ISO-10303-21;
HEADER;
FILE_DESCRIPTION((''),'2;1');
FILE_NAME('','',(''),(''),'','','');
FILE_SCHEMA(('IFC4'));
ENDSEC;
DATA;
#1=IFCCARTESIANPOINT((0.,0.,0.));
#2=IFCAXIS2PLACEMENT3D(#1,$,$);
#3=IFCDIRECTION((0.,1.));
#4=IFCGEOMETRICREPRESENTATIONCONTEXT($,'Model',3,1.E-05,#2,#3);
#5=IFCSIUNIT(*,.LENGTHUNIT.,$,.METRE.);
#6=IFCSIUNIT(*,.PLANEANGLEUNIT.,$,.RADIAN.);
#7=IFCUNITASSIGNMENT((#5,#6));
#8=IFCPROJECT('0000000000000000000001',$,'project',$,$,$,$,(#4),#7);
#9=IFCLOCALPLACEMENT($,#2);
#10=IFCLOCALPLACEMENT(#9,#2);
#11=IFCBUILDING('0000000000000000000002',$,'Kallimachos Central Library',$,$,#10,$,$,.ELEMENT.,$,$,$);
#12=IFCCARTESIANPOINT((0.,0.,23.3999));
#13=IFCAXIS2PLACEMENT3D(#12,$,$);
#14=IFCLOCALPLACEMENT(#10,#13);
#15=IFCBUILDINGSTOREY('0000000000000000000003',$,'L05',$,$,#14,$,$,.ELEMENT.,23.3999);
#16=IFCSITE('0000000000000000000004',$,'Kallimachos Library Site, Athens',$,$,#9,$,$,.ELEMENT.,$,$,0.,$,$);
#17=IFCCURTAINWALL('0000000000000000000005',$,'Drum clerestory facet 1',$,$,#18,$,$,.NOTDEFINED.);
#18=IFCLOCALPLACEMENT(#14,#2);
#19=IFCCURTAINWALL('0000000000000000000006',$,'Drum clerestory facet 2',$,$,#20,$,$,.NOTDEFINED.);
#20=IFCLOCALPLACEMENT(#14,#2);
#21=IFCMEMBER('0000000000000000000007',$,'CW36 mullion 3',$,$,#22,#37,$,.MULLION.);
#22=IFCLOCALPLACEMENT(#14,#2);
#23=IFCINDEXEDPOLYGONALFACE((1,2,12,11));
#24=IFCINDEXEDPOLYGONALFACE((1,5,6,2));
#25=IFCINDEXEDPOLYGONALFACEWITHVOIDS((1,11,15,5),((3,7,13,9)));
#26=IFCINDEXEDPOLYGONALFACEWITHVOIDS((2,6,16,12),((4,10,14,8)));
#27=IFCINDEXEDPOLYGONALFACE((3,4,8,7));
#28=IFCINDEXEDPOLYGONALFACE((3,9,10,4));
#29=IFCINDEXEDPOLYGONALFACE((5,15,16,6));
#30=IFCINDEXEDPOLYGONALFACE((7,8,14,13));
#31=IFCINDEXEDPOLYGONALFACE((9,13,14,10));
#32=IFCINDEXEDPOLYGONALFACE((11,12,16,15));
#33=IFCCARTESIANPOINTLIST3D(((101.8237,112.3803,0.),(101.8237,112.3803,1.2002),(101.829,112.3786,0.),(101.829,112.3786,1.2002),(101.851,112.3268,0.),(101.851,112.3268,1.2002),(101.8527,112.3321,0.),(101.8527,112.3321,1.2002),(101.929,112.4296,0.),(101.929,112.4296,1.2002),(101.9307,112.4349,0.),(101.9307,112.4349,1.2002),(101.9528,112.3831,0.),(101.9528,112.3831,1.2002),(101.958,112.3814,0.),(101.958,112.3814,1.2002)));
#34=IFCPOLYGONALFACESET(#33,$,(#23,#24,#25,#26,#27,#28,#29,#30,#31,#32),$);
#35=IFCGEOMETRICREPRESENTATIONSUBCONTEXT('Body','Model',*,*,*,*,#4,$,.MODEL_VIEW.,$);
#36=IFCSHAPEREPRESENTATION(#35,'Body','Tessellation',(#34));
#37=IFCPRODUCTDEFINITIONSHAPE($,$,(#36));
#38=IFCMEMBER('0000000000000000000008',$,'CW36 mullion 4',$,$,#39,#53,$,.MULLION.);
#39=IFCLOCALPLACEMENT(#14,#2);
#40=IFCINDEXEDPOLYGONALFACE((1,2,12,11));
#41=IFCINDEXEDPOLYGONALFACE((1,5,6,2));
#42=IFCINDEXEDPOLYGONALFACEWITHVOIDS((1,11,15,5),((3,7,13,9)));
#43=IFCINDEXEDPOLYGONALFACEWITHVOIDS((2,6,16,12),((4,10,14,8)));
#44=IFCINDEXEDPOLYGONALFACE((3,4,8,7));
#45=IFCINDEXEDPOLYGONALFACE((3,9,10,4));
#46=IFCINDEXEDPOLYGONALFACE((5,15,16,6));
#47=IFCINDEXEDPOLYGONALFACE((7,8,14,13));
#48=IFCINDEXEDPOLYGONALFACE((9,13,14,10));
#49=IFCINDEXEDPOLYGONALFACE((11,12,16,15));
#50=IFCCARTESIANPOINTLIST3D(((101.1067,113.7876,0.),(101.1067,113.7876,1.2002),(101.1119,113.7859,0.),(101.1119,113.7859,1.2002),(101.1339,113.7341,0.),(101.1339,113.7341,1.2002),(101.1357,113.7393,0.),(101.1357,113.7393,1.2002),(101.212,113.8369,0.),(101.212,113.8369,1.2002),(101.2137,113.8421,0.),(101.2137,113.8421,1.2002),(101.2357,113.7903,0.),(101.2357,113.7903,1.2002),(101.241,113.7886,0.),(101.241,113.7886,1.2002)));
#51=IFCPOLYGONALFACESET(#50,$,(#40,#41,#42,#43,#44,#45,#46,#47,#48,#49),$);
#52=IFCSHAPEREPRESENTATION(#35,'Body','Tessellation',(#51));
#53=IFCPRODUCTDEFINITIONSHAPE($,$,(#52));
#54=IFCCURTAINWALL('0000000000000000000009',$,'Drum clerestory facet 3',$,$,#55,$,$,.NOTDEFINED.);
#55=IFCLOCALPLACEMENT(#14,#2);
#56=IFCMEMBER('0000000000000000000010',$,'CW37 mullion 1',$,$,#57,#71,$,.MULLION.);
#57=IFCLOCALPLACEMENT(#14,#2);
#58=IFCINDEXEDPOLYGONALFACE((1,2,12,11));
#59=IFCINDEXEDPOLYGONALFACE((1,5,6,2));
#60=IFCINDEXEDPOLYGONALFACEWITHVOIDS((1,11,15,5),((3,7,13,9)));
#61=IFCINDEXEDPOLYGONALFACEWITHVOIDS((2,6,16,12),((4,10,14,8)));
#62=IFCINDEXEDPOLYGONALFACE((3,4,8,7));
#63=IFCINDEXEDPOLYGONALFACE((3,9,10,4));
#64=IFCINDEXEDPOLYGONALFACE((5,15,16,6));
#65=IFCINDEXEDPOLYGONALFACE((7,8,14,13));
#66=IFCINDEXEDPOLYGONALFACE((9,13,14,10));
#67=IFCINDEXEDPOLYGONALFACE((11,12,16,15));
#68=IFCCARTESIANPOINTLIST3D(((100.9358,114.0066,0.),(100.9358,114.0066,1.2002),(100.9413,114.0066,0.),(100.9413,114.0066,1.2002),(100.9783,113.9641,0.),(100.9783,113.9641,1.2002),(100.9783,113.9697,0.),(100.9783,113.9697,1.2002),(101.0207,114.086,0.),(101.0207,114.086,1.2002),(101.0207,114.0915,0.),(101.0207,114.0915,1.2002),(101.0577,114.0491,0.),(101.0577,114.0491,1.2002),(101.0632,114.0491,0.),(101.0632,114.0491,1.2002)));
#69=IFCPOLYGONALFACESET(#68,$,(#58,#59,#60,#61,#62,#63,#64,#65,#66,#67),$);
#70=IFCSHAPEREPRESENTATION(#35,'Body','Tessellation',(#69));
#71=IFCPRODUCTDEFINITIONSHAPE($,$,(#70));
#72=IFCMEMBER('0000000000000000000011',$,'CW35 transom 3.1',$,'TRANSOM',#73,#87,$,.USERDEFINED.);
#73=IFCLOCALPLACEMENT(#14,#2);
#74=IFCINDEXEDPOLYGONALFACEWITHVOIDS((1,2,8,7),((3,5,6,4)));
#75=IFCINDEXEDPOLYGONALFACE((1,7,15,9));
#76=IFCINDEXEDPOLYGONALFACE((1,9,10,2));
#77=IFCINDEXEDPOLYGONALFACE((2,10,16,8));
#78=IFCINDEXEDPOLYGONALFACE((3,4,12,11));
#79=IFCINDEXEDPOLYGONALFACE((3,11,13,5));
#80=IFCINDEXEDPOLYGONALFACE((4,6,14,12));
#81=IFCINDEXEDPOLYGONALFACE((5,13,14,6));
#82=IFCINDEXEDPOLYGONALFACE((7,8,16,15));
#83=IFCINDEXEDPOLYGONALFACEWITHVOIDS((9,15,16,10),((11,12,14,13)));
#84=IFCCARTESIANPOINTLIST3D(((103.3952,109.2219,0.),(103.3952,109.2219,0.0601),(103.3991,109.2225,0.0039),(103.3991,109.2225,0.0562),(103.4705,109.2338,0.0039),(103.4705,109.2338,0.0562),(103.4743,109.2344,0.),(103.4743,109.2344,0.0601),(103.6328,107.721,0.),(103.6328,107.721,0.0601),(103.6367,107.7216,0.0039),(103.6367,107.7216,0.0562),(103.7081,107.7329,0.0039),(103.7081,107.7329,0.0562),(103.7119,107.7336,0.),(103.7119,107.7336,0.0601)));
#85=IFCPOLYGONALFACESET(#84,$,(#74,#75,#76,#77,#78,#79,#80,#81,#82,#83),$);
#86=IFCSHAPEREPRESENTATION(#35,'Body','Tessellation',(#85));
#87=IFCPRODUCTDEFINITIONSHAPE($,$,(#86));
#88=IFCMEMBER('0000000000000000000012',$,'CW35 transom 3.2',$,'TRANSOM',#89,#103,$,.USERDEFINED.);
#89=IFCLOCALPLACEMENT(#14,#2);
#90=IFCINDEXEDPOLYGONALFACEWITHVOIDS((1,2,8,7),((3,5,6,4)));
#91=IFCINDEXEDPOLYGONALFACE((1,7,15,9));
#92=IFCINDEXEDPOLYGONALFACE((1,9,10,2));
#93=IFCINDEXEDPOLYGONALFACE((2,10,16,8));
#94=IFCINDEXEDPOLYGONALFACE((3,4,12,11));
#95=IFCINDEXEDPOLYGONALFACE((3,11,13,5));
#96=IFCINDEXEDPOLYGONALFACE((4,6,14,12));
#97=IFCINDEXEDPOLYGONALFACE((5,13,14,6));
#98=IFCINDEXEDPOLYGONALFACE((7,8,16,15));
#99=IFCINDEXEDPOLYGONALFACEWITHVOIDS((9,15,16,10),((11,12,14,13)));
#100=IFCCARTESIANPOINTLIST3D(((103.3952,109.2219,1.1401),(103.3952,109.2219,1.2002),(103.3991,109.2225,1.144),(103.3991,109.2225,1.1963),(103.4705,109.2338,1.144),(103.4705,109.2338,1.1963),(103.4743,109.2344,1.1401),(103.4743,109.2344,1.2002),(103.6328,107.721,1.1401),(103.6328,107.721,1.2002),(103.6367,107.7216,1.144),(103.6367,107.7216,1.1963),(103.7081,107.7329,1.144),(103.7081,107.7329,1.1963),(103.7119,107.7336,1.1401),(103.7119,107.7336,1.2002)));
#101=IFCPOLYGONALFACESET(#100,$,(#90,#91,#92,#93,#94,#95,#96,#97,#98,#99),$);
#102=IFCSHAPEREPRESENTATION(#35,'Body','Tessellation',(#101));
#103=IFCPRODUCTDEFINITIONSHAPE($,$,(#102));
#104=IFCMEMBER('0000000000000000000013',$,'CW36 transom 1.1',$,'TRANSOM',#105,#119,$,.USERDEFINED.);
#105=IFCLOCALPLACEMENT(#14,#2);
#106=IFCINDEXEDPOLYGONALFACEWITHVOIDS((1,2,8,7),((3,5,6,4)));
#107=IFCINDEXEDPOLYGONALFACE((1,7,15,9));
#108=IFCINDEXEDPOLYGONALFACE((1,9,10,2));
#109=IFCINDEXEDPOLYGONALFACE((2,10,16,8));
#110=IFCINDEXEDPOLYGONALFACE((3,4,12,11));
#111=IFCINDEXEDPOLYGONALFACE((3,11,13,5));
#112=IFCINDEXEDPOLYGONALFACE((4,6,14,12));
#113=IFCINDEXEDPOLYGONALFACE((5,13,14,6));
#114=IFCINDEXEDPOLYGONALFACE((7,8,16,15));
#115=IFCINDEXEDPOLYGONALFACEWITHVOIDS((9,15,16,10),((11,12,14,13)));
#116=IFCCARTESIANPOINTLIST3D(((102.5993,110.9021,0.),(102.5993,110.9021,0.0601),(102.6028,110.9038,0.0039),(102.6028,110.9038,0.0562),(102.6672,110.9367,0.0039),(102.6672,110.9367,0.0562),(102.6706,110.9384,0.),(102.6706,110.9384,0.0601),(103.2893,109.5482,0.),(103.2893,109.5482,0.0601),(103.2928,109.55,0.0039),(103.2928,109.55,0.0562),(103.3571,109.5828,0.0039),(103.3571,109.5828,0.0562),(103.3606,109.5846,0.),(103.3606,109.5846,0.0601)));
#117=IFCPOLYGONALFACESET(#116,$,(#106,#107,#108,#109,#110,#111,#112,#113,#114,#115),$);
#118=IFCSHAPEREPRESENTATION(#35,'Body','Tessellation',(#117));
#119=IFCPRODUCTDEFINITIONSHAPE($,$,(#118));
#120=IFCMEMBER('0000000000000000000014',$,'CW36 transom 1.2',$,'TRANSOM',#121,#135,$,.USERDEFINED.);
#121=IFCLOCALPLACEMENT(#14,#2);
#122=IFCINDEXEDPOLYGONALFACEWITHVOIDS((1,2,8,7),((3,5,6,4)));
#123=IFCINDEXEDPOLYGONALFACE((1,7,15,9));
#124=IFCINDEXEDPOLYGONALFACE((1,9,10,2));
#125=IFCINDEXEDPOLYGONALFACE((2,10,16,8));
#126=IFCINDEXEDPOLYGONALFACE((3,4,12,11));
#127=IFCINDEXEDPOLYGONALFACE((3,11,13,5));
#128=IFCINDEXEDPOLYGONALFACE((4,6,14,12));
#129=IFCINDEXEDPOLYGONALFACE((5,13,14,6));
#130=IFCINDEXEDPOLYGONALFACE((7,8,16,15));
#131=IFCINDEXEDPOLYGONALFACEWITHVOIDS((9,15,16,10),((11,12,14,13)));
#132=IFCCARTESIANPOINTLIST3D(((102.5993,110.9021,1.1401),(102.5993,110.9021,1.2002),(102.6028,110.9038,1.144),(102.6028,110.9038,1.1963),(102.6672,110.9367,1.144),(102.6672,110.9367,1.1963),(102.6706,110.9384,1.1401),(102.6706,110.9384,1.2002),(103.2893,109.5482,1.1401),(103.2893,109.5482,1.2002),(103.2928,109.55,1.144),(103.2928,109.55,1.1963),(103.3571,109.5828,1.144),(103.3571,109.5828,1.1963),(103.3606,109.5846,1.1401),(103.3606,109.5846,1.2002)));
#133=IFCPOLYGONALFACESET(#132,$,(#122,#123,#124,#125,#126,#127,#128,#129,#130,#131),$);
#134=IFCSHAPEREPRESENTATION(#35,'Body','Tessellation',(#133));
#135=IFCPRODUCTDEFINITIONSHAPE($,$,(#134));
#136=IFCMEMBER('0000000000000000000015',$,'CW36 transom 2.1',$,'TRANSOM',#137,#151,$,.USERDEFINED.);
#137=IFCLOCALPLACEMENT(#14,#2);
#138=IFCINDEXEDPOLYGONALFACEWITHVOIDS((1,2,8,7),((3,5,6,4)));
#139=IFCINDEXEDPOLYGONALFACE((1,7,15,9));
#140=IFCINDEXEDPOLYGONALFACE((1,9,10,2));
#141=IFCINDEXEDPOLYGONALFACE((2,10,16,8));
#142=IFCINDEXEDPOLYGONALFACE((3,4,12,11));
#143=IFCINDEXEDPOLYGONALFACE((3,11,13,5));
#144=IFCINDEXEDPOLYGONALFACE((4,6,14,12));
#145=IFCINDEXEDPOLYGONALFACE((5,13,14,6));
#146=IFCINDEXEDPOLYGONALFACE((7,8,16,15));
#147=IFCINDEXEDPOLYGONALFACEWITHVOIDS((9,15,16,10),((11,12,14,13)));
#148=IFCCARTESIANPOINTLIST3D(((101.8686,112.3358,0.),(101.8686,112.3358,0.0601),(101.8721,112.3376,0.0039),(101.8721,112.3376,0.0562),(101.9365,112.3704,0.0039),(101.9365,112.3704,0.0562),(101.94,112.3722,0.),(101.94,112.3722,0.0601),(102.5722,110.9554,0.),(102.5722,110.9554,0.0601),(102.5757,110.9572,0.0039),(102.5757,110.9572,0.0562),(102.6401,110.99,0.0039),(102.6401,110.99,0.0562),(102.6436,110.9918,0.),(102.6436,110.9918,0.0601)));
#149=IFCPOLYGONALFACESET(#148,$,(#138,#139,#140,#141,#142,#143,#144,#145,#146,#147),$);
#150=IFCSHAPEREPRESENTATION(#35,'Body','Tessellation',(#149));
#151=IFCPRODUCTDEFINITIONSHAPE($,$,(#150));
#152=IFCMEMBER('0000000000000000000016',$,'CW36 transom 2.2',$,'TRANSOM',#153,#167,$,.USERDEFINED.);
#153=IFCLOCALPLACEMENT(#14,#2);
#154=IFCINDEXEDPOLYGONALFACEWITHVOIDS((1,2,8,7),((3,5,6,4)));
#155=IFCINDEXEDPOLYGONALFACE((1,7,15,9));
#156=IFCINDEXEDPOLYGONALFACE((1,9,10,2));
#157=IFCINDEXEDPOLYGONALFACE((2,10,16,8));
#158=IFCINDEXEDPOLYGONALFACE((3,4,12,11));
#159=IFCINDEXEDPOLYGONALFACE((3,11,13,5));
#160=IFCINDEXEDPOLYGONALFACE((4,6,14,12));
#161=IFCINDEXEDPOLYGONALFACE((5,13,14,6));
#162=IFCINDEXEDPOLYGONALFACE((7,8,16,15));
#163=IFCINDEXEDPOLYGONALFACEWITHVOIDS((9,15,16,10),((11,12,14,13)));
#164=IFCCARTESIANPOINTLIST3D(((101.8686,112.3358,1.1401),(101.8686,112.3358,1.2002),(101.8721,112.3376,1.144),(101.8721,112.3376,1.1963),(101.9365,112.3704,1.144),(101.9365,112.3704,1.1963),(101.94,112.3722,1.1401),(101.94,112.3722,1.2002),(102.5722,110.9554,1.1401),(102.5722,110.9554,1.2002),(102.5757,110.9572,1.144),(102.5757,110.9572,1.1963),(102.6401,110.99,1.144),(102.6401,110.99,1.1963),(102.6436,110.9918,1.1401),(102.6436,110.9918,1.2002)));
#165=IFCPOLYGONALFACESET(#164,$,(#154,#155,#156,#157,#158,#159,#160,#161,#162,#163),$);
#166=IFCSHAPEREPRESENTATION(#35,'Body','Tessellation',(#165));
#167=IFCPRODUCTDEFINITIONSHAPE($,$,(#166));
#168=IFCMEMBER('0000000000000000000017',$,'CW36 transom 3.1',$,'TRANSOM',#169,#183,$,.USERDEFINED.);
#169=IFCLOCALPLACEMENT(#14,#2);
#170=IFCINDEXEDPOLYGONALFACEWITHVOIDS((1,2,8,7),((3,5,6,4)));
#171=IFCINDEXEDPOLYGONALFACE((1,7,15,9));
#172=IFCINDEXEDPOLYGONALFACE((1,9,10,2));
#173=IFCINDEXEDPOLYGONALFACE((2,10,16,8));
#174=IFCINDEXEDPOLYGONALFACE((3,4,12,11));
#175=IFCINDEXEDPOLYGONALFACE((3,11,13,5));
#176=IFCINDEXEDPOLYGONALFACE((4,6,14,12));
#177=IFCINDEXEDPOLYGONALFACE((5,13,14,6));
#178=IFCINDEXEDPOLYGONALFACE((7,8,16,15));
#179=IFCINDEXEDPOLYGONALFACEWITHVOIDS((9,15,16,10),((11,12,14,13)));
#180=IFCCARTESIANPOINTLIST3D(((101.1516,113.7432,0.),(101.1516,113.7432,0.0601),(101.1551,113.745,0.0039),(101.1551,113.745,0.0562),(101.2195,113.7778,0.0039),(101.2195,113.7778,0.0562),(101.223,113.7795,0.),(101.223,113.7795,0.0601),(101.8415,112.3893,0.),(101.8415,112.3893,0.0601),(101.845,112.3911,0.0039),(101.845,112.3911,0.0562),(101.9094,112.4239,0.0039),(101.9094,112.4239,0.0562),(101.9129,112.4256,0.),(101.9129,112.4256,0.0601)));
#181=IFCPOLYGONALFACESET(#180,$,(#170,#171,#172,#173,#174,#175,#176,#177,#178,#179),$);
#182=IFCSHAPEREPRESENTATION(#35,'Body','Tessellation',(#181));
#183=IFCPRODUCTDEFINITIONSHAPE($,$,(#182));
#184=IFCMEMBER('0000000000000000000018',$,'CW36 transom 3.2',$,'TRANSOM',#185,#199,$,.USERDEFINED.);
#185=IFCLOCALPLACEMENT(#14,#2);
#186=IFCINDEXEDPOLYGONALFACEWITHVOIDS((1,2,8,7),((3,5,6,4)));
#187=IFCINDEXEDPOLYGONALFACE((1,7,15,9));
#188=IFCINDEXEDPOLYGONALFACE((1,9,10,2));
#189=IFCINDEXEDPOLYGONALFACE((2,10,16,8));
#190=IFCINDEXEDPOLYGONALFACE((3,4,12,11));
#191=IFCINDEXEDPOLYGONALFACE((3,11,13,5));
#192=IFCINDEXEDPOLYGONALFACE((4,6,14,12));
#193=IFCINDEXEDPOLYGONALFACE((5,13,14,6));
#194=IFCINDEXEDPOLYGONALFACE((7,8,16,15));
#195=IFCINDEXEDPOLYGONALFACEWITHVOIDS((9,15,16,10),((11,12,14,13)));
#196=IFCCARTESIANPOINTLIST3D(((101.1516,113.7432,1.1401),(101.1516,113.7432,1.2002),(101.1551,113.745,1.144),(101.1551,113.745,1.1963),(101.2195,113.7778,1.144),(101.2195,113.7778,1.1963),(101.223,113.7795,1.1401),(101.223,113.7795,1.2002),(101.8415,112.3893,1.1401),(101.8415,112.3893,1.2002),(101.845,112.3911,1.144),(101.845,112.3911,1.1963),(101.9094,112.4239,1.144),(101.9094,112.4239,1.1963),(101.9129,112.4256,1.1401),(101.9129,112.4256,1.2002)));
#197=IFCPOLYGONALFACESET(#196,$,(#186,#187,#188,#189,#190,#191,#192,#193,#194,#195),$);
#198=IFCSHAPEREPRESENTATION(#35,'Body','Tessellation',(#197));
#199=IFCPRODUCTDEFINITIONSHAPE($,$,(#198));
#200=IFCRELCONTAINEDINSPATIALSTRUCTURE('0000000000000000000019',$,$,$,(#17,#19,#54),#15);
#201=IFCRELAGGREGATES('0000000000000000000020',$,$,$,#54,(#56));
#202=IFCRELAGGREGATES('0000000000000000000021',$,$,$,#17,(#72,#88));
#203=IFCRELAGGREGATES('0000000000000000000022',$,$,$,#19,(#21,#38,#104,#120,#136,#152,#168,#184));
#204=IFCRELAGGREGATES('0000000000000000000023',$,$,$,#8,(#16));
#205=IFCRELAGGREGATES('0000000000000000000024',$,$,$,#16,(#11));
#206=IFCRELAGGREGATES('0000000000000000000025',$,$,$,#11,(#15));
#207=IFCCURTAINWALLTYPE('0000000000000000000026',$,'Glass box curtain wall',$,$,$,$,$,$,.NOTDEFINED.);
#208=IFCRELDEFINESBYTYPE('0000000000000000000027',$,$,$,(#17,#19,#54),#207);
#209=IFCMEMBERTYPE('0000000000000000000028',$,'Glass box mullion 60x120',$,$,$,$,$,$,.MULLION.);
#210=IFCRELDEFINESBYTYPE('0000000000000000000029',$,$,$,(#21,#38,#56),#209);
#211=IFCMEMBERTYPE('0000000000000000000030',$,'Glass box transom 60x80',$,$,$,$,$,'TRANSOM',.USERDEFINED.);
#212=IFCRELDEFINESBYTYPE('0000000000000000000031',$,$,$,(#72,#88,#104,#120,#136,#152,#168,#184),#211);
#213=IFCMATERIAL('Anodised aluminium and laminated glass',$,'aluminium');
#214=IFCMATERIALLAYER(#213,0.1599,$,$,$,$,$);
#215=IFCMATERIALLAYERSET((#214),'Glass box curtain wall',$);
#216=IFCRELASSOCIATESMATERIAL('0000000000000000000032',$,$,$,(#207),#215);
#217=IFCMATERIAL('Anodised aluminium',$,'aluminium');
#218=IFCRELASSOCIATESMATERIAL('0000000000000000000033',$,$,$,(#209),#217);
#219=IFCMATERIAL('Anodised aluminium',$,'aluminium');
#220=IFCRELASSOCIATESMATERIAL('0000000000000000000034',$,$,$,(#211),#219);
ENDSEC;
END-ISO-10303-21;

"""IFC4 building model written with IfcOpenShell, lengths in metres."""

from ifc_helpers import new_model, si_unit, direction, frame, origin, origin_2d, place, context, subcontext, project, spatial, hollow_rectangle, extrude, material, layer, layer_set, material_profile, profile_set, type_object, element, aggregate, save


model = new_model("IFC4")

# Units and contexts
model_context = context("Model", 3, precision=1e-05, world=origin(), true_north=direction((0.0, 1.0)))
body_context = subcontext(model_context, "Body", "Model", "MODEL_VIEW")
ifc_project = project(units=[si_unit("LENGTHUNIT", "METRE"), si_unit("PLANEANGLEUNIT", "RADIAN")], contexts=[model_context])

# Site, building, storey
site_placement = place(None, origin())
site = spatial("IfcSite", under=ifc_project, at=site_placement, Name="Kallimachos Library Site, Athens", CompositionType="ELEMENT", RefElevation=0.0)
building_placement = place(site_placement, origin())
building = spatial("IfcBuilding", under=site, at=building_placement, Name="Kallimachos Central Library", CompositionType="ELEMENT")
storey_placement = place(building_placement, frame((0.0, 0.0, 23.3999)))
storey = spatial("IfcBuildingStorey", under=building, at=storey_placement, Name="L05", CompositionType="ELEMENT", Elevation=23.3999)

# Curtain walls, members
ifc_material_1 = material(Name="Anodised aluminium and laminated glass", Category="aluminium")
ifc_layer_1 = layer(ifc_material_1, 0.1599)
ifc_layer_set_1 = layer_set([ifc_layer_1], Name="Glass box curtain wall")
curtain_wall_type = type_object("IfcCurtainWallType", Name="Glass box curtain wall", PredefinedType="NOTDEFINED", material=ifc_layer_set_1)
curtain_wall_1_placement = place(storey_placement, origin())
curtain_wall_1 = element("IfcCurtainWall", 1, at=curtain_wall_1_placement, inside=storey, type_object=curtain_wall_type, Name="Drum clerestory facet 1", PredefinedType="NOTDEFINED")
ifc_material_2 = material(Name="Anodised aluminium", Category="aluminium")
ifc_material_profile_1 = material_profile(ifc_material_2, hollow_rectangle(XDim=0.0601, YDim=0.1201, WallThickness=0.0039, at=origin_2d()), Name="ALU MULLION 60x120")
ifc_profile_set_1 = profile_set([ifc_material_profile_1], Name="Anodised aluminium")
member_type_1 = type_object("IfcMemberType", Name="Glass box mullion 60x120", PredefinedType="MULLION", material=ifc_profile_set_1)
curtain_wall_2_placement = place(storey_placement, origin())
curtain_wall_2 = element("IfcCurtainWall", 2, at=curtain_wall_2_placement, inside=storey, type_object=curtain_wall_type, Name="Drum clerestory facet 2", PredefinedType="NOTDEFINED")
member_1_placement = place(storey_placement, frame((101.8909, 112.3809, 0.0), z_axis=(0.0, 0.0, 1.0), x_axis=(-0.453991, 0.891006, 0.0)))
member_1 = element("IfcMember", 3, at=member_1_placement, type_object=member_type_1, Name="CW36 mullion 3", PredefinedType="MULLION", context=body_context, shape_type="SweptSolid", body=[
    extrude(hollow_rectangle(XDim=0.0601, YDim=0.1201, WallThickness=0.0039, at=origin_2d()), origin(), (0.0, 0.0, 1.0), 1.2002),
])
member_2_placement = place(storey_placement, frame((101.1738, 113.7881, 0.0), z_axis=(0.0, 0.0, 1.0), x_axis=(-0.453991, 0.891006, 0.0)))
member_2 = element("IfcMember", 4, at=member_2_placement, type_object=member_type_1, Name="CW36 mullion 4", PredefinedType="MULLION", context=body_context, shape_type="SweptSolid", body=[
    extrude(hollow_rectangle(XDim=0.0601, YDim=0.1201, WallThickness=0.0039, at=origin_2d()), origin(), (0.0, 0.0, 1.0), 1.2002),
])

# Curtain wall, member
curtain_wall_3_placement = place(storey_placement, origin())
curtain_wall_3 = element("IfcCurtainWall", 5, at=curtain_wall_3_placement, inside=storey, type_object=curtain_wall_type, Name="Drum clerestory facet 3", PredefinedType="NOTDEFINED")
member_3_placement = place(storey_placement, frame((100.9995, 114.0278, 0.0), z_axis=(0.0, 0.0, 1.0), x_axis=(-0.707107, 0.707107, 0.0)))
member_3 = element("IfcMember", 6, at=member_3_placement, type_object=member_type_1, Name="CW37 mullion 1", PredefinedType="MULLION", context=body_context, shape_type="SweptSolid", body=[
    extrude(hollow_rectangle(XDim=0.0601, YDim=0.1201, WallThickness=0.0039, at=origin_2d()), origin(), (0.0, 0.0, 1.0), 1.2002),
])

# Members
ifc_material_3 = material(Name="Anodised aluminium", Category="aluminium")
ifc_material_profile_2 = material_profile(ifc_material_3, hollow_rectangle(XDim=0.0601, YDim=0.0801, WallThickness=0.0039, at=origin_2d()), Name="ALU TRANSOM 60x80")
ifc_profile_set_2 = profile_set([ifc_material_profile_2], Name="Anodised aluminium")
member_type_2 = type_object("IfcMemberType", Name="Glass box transom 60x80", ElementType="TRANSOM", PredefinedType="USERDEFINED", material=ifc_profile_set_2)
member_4_placement = place(storey_placement, frame((103.6724, 107.7273, 0.03), z_axis=(-0.156342, 0.987703, 0.0), x_axis=(0.0, 0.0, 1.0)))
member_4 = element("IfcMember", 7, at=member_4_placement, type_object=member_type_2, Name="CW35 transom 3.1", ObjectType="TRANSOM", PredefinedType="USERDEFINED", context=body_context, shape_type="SweptSolid", body=[
    extrude(hollow_rectangle(XDim=0.0601, YDim=0.0801, WallThickness=0.0039, at=origin_2d()), origin(), (0.0, 0.0, 1.0), 1.5195),
])
member_5_placement = place(storey_placement, frame((103.6724, 107.7273, 1.1702), z_axis=(-0.156342, 0.987703, 0.0), x_axis=(0.0, 0.0, 1.0)))
member_5 = element("IfcMember", 8, at=member_5_placement, type_object=member_type_2, Name="CW35 transom 3.2", ObjectType="TRANSOM", PredefinedType="USERDEFINED", context=body_context, shape_type="SweptSolid", body=[
    extrude(hollow_rectangle(XDim=0.0601, YDim=0.0801, WallThickness=0.0039, at=origin_2d()), origin(), (0.0, 0.0, 1.0), 1.5195),
])
member_6_placement = place(storey_placement, frame((103.325, 109.5664, 0.03), z_axis=(-0.454077, 0.890962, 0.0), x_axis=(0.0, 0.0, 1.0)))
member_6 = element("IfcMember", 9, at=member_6_placement, type_object=member_type_2, Name="CW36 transom 1.1", ObjectType="TRANSOM", PredefinedType="USERDEFINED", context=body_context, shape_type="SweptSolid", body=[
    extrude(hollow_rectangle(XDim=0.0601, YDim=0.0801, WallThickness=0.0039, at=origin_2d()), origin(), (0.0, 0.0, 1.0), 1.5195),
])
member_7_placement = place(storey_placement, frame((103.325, 109.5664, 1.1702), z_axis=(-0.454077, 0.890962, 0.0), x_axis=(0.0, 0.0, 1.0)))
member_7 = element("IfcMember", 10, at=member_7_placement, type_object=member_type_2, Name="CW36 transom 1.2", ObjectType="TRANSOM", PredefinedType="USERDEFINED", context=body_context, shape_type="SweptSolid", body=[
    extrude(hollow_rectangle(XDim=0.0601, YDim=0.0801, WallThickness=0.0039, at=origin_2d()), origin(), (0.0, 0.0, 1.0), 1.5195),
])
member_8_placement = place(storey_placement, frame((102.6079, 110.9736, 0.03), z_axis=(-0.454133, 0.890934, 0.0), x_axis=(0.0, 0.0, 1.0)))
member_8 = element("IfcMember", 11, at=member_8_placement, type_object=member_type_2, Name="CW36 transom 2.1", ObjectType="TRANSOM", PredefinedType="USERDEFINED", context=body_context, shape_type="SweptSolid", body=[
    extrude(hollow_rectangle(XDim=0.0601, YDim=0.0801, WallThickness=0.0039, at=origin_2d()), origin(), (0.0, 0.0, 1.0), 1.5493),
])
member_9_placement = place(storey_placement, frame((102.6079, 110.9736, 1.1702), z_axis=(-0.454133, 0.890934, 0.0), x_axis=(0.0, 0.0, 1.0)))
member_9 = element("IfcMember", 12, at=member_9_placement, type_object=member_type_2, Name="CW36 transom 2.2", ObjectType="TRANSOM", PredefinedType="USERDEFINED", context=body_context, shape_type="SweptSolid", body=[
    extrude(hollow_rectangle(XDim=0.0601, YDim=0.0801, WallThickness=0.0039, at=origin_2d()), origin(), (0.0, 0.0, 1.0), 1.5493),
])
member_10_placement = place(storey_placement, frame((101.8772, 112.4075, 0.03), z_axis=(-0.454012, 0.890995, 0.0), x_axis=(0.0, 0.0, 1.0)))
member_10 = element("IfcMember", 13, at=member_10_placement, type_object=member_type_2, Name="CW36 transom 3.1", ObjectType="TRANSOM", PredefinedType="USERDEFINED", context=body_context, shape_type="SweptSolid", body=[
    extrude(hollow_rectangle(XDim=0.0601, YDim=0.0801, WallThickness=0.0039, at=origin_2d()), origin(), (0.0, 0.0, 1.0), 1.5195),
])
member_11_placement = place(storey_placement, frame((101.8772, 112.4075, 1.1702), z_axis=(-0.454012, 0.890995, 0.0), x_axis=(0.0, 0.0, 1.0)))
member_11 = element("IfcMember", 14, at=member_11_placement, type_object=member_type_2, Name="CW36 transom 3.2", ObjectType="TRANSOM", PredefinedType="USERDEFINED", context=body_context, shape_type="SweptSolid", body=[
    extrude(hollow_rectangle(XDim=0.0601, YDim=0.0801, WallThickness=0.0039, at=origin_2d()), origin(), (0.0, 0.0, 1.0), 1.5195),
])
aggregate(curtain_wall_3, [member_3])

aggregate(curtain_wall_1, [member_4, member_5])
aggregate(curtain_wall_2, [member_1, member_2, member_6, member_7, member_8, member_9, member_10, member_11])

save(model, "model.ifc")
